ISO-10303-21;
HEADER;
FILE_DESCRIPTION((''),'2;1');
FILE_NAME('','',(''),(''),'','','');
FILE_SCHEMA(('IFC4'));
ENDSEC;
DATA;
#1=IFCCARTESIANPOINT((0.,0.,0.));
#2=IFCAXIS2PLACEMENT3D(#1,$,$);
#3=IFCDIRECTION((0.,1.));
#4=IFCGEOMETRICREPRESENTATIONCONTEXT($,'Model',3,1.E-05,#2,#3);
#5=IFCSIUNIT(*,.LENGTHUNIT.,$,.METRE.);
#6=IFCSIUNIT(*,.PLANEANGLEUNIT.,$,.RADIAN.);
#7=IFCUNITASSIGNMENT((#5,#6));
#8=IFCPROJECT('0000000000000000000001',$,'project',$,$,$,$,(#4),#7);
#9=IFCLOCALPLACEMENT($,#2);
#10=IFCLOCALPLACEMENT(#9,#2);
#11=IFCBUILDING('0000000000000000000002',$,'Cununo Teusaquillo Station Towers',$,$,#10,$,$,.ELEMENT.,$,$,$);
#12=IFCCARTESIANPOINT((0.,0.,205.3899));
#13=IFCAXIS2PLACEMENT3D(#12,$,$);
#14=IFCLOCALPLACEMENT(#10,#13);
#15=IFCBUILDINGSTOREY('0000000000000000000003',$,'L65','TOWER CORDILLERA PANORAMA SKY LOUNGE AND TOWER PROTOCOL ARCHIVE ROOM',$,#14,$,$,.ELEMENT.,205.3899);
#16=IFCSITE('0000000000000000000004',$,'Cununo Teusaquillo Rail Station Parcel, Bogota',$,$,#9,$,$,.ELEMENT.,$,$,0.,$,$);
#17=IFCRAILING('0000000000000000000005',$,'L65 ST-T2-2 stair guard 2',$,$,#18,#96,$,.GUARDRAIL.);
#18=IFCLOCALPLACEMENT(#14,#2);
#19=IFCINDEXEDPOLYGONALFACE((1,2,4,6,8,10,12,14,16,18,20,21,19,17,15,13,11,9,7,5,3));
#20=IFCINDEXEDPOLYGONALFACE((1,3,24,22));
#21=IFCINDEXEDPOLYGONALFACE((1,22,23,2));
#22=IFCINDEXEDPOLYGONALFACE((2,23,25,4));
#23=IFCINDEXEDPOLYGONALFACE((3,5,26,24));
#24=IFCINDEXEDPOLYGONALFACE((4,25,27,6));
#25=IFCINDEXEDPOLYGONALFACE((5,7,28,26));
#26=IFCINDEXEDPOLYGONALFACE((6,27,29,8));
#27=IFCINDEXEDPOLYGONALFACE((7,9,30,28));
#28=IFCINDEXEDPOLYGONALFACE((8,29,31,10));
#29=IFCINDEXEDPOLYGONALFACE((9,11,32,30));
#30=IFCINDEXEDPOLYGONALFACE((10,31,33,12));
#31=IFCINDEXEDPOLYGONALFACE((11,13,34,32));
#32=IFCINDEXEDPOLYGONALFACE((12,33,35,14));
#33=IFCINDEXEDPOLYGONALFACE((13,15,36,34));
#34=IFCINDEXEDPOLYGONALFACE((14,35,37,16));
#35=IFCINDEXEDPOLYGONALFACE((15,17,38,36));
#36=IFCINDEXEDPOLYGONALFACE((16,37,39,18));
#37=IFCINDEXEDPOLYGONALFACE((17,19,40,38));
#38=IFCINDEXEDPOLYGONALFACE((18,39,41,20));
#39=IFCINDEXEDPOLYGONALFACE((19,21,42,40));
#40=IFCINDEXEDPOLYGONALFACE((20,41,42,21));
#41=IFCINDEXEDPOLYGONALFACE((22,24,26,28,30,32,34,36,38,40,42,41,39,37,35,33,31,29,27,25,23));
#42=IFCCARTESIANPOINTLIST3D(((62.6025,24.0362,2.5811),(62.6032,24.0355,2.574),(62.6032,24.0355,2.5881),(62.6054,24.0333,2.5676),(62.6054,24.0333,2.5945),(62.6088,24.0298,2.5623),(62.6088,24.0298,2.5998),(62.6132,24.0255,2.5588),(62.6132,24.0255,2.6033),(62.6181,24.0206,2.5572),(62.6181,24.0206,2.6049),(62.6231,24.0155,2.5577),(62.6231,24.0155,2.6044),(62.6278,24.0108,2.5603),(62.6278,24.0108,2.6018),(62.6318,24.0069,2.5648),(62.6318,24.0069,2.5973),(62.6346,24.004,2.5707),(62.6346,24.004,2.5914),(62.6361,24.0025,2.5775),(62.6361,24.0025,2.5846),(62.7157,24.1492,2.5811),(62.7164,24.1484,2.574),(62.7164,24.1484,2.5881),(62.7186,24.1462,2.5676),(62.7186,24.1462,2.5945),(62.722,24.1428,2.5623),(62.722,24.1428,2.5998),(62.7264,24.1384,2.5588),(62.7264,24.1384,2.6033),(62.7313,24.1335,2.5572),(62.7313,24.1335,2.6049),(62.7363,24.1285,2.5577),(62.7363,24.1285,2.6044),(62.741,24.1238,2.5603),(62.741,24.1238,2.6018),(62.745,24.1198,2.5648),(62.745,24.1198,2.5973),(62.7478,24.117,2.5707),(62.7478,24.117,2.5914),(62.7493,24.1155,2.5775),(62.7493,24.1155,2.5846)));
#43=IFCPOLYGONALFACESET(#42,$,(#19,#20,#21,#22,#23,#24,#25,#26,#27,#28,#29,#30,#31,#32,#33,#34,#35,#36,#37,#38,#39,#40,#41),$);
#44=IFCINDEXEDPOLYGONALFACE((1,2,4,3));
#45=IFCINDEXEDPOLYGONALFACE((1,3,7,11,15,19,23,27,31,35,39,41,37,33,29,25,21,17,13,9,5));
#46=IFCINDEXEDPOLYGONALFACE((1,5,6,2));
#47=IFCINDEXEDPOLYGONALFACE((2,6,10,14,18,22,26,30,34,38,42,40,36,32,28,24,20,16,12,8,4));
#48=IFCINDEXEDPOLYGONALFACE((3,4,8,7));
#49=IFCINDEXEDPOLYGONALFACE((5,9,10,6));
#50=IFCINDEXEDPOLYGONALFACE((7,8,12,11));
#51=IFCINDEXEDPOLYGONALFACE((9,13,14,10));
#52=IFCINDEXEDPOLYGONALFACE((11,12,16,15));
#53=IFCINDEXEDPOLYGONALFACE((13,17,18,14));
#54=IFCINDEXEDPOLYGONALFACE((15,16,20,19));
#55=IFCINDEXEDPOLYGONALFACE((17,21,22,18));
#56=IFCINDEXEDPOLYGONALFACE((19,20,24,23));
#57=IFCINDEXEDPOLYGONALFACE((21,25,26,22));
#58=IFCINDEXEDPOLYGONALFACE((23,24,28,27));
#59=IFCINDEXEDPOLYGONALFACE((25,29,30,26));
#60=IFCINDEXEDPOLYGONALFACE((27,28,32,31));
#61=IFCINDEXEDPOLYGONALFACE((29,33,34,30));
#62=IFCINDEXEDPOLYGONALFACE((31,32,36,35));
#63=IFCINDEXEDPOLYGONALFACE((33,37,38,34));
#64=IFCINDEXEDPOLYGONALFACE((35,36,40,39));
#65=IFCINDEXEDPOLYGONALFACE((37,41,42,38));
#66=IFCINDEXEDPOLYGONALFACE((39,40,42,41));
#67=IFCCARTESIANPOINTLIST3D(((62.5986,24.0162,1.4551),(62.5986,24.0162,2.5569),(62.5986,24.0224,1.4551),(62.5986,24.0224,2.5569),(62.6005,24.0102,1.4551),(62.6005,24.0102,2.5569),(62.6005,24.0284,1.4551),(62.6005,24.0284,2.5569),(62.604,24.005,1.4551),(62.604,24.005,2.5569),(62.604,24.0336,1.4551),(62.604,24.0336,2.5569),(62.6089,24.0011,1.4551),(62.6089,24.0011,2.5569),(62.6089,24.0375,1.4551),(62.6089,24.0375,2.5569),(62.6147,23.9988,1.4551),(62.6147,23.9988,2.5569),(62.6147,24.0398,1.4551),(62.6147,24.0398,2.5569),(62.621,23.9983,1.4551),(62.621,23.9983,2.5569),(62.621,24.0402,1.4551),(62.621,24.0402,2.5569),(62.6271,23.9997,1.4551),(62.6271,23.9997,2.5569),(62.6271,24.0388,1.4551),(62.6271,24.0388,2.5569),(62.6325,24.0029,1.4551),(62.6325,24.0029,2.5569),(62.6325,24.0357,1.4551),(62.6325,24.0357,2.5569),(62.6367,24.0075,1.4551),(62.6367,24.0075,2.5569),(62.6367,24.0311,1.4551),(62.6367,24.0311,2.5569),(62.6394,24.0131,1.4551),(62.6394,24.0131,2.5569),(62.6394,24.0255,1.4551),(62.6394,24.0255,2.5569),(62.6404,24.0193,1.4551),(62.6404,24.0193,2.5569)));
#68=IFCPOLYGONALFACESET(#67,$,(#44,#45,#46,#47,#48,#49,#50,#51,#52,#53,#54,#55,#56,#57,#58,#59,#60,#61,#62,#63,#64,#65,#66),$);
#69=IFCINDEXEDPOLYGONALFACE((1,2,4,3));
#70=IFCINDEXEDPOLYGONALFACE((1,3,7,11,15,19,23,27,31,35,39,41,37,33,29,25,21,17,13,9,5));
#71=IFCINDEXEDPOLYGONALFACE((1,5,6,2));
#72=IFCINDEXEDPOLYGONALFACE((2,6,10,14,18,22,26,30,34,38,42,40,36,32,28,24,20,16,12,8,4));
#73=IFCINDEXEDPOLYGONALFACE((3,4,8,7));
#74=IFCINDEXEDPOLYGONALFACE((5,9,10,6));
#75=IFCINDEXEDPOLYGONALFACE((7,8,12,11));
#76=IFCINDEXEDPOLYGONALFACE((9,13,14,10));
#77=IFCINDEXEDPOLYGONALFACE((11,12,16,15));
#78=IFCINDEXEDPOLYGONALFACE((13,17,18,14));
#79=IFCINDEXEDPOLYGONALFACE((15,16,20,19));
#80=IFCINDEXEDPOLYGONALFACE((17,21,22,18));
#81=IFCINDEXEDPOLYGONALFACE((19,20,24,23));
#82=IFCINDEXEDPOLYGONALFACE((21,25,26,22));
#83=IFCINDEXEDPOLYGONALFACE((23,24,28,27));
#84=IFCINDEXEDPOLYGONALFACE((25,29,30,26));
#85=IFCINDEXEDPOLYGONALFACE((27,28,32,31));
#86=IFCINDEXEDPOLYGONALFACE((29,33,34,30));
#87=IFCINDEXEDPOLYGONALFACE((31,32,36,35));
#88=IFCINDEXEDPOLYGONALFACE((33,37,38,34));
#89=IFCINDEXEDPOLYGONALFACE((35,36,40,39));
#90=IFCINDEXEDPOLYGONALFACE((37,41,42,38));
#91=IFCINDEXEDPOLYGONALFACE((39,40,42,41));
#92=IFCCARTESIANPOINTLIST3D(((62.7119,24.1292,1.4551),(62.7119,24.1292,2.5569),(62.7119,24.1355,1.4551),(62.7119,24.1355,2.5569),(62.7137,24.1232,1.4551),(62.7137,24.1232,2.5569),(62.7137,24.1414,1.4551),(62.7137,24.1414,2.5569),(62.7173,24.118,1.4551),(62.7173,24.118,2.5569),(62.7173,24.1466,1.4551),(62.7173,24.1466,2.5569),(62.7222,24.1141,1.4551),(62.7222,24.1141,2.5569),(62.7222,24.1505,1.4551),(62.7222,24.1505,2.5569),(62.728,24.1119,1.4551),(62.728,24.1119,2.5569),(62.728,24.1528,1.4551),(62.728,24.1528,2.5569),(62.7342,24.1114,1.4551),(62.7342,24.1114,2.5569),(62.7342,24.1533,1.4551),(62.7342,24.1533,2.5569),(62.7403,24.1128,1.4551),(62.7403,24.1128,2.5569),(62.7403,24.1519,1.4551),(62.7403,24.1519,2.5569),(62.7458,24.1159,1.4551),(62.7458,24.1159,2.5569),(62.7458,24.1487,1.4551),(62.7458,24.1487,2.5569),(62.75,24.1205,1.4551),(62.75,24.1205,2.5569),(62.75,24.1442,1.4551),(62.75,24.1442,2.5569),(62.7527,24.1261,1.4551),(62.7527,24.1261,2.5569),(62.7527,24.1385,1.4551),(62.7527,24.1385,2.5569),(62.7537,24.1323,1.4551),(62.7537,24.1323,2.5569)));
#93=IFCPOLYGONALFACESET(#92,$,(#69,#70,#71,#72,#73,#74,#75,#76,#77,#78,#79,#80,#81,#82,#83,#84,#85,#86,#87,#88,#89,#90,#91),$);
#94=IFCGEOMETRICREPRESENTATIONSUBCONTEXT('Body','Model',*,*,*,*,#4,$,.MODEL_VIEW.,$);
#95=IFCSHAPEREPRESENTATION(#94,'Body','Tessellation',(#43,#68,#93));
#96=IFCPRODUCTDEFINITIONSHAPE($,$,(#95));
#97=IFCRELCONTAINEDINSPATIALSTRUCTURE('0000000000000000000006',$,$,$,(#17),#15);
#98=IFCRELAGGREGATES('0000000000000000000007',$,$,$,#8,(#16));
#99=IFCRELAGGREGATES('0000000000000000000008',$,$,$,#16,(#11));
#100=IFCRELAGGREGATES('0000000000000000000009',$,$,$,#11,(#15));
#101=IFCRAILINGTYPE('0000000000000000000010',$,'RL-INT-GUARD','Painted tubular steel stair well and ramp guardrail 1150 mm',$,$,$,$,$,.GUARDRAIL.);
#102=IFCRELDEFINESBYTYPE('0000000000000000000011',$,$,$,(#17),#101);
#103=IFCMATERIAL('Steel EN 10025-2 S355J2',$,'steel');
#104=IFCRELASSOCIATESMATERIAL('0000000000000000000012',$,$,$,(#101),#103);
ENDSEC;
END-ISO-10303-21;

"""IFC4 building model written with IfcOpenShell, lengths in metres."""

from ifc_helpers import new_model, si_unit, direction, frame, origin, origin_2d, place, context, subcontext, project, spatial, circle, extrude, material, type_object, element, save


model = new_model("IFC4")

# Units and contexts
model_context = context("Model", 3, precision=1e-05, world=origin(), true_north=direction((0.0, 1.0)))
body_context = subcontext(model_context, "Body", "Model", "MODEL_VIEW")
ifc_project = project(units=[si_unit("LENGTHUNIT", "METRE"), si_unit("PLANEANGLEUNIT", "RADIAN")], contexts=[model_context])

# Site, building, storey
site_placement = place(None, origin())
site = spatial("IfcSite", under=ifc_project, at=site_placement, Name="Cununo Teusaquillo Rail Station Parcel, Bogota", CompositionType="ELEMENT", RefElevation=0.0)
building_placement = place(site_placement, origin())
building = spatial("IfcBuilding", under=site, at=building_placement, Name="Cununo Teusaquillo Station Towers", CompositionType="ELEMENT")
storey_placement = place(building_placement, frame((0.0, 0.0, 205.3899)))
storey = spatial("IfcBuildingStorey", under=building, at=storey_placement, Name="L65", Description="TOWER CORDILLERA PANORAMA SKY LOUNGE AND TOWER PROTOCOL ARCHIVE ROOM", CompositionType="ELEMENT", Elevation=205.3899)

# Railing
ifc_material_1 = material(Name="Steel EN 10025-2 S355J2", Category="steel")
railing_type_1 = type_object("IfcRailingType", Name="RL-INT-GUARD", Description="Painted tubular steel stair well and ramp guardrail 1150 mm", PredefinedType="GUARDRAIL", material=ifc_material_1)
railing_1_placement = place(storey_placement, frame((62.6194, 24.0193, 1.4551)))
element("IfcRailing", 1, at=railing_1_placement, inside=storey, type_object=railing_type_1, Name="L65 ST-T2-2 stair guard 2", PredefinedType="GUARDRAIL", context=body_context, shape_type="SweptSolid", body=[
    extrude(circle(Radius=0.0239, at=origin_2d()), frame((0.0, 0.0, 1.126), z_axis=(0.707869, 0.706344, 0.0), x_axis=(-0.706344, 0.707869, 0.0)), (0.0, 0.0, 1.0), 0.1599),
    extrude(circle(Radius=0.021, at=origin_2d()), origin(), (0.0, 0.0, 1.0), 1.1018),
    extrude(circle(Radius=0.021, at=origin_2d()), frame((0.1133, 0.113, 0.0)), (0.0, 0.0, 1.0), 1.1018),
])

save(model, "model.ifc")
